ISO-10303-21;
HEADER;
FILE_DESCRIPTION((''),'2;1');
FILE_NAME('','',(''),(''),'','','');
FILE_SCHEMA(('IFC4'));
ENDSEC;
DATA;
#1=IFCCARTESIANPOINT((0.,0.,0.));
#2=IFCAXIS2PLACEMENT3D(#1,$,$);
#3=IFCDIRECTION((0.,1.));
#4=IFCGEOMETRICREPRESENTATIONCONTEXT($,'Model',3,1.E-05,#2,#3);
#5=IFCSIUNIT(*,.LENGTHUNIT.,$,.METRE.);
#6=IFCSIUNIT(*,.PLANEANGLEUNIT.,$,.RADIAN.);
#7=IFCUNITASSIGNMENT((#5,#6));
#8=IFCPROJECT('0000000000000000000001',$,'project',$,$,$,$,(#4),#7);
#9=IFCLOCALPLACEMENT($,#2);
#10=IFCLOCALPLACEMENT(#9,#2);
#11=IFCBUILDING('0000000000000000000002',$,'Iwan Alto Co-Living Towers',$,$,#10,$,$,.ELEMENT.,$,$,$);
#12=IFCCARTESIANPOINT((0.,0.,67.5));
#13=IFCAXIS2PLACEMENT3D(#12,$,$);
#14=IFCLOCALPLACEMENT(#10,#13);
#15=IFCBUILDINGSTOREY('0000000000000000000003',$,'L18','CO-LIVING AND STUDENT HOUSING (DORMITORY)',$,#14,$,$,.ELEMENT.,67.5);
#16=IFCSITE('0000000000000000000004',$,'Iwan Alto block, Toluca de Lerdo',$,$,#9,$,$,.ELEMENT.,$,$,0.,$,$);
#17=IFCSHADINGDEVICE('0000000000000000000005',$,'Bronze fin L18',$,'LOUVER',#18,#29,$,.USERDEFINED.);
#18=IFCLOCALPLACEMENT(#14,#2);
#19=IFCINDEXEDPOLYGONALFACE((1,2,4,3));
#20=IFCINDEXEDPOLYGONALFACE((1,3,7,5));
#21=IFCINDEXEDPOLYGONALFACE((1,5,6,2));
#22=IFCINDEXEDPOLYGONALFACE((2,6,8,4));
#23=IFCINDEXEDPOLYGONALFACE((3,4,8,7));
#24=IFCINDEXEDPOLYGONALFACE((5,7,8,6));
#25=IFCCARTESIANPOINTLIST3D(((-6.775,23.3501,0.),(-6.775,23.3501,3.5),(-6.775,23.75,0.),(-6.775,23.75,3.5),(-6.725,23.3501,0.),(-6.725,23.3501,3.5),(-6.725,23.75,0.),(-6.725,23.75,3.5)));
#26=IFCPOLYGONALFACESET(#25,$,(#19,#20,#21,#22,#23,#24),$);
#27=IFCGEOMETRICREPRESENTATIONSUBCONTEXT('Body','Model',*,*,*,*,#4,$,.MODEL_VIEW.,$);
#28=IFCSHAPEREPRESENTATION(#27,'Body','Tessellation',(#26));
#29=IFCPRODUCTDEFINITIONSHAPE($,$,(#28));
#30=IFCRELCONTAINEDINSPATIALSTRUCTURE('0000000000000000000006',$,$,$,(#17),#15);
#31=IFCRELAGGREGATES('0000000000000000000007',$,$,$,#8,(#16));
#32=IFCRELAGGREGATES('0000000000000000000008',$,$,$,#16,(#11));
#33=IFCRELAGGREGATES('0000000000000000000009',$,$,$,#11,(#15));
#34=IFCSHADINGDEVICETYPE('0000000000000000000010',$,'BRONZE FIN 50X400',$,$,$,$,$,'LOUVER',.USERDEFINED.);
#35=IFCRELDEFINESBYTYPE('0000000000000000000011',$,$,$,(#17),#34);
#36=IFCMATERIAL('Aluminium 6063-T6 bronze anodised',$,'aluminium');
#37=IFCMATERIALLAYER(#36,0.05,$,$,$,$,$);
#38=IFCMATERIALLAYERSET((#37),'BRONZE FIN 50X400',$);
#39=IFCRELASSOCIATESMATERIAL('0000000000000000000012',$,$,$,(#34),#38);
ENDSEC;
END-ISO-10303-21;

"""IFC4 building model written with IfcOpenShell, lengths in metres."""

from ifc_helpers import new_model, si_unit, direction, frame, origin, origin_2d, place, context, subcontext, project, spatial, rectangle, extrude, material, layer, layer_set, type_object, element, save


model = new_model("IFC4")

# Units and contexts
model_context = context("Model", 3, precision=1e-05, world=origin(), true_north=direction((0.0, 1.0)))
body_context = subcontext(model_context, "Body", "Model", "MODEL_VIEW")
ifc_project = project(units=[si_unit("LENGTHUNIT", "METRE"), si_unit("PLANEANGLEUNIT", "RADIAN")], contexts=[model_context])

# Site, building, storey
site_placement = place(None, origin())
site = spatial("IfcSite", under=ifc_project, at=site_placement, Name="Iwan Alto block, Toluca de Lerdo", CompositionType="ELEMENT", RefElevation=0.0)
building_placement = place(site_placement, origin())
building = spatial("IfcBuilding", under=site, at=building_placement, Name="Iwan Alto Co-Living Towers", CompositionType="ELEMENT")
storey_placement = place(building_placement, frame((0.0, 0.0, 67.5)))
storey = spatial("IfcBuildingStorey", under=building, at=storey_placement, Name="L18", Description="CO-LIVING AND STUDENT HOUSING (DORMITORY)", CompositionType="ELEMENT", Elevation=67.5)

# Shading device
ifc_material_1 = material(Name="Aluminium 6063-T6 bronze anodised", Category="aluminium")
ifc_layer_1 = layer(ifc_material_1, 0.05)
ifc_layer_set_1 = layer_set([ifc_layer_1], Name="BRONZE FIN 50X400")
shading_device_type = type_object("IfcShadingDeviceType", Name="BRONZE FIN 50X400", ElementType="LOUVER", PredefinedType="USERDEFINED", material=ifc_layer_set_1)
shading_device_placement = place(storey_placement, frame((-6.75, 23.55, 0.0), z_axis=(0.0, 0.0, 1.0), x_axis=(-1.0, 0.0, 0.0)))
element("IfcShadingDevice", 1, at=shading_device_placement, inside=storey, type_object=shading_device_type, Name="Bronze fin L18", ObjectType="LOUVER", PredefinedType="USERDEFINED", context=body_context, shape_type="SweptSolid", body=[
    extrude(rectangle(XDim=0.05, YDim=0.3999, at=origin_2d()), origin(), (0.0, 0.0, 1.0), 3.5),
])

save(model, "model.ifc")
